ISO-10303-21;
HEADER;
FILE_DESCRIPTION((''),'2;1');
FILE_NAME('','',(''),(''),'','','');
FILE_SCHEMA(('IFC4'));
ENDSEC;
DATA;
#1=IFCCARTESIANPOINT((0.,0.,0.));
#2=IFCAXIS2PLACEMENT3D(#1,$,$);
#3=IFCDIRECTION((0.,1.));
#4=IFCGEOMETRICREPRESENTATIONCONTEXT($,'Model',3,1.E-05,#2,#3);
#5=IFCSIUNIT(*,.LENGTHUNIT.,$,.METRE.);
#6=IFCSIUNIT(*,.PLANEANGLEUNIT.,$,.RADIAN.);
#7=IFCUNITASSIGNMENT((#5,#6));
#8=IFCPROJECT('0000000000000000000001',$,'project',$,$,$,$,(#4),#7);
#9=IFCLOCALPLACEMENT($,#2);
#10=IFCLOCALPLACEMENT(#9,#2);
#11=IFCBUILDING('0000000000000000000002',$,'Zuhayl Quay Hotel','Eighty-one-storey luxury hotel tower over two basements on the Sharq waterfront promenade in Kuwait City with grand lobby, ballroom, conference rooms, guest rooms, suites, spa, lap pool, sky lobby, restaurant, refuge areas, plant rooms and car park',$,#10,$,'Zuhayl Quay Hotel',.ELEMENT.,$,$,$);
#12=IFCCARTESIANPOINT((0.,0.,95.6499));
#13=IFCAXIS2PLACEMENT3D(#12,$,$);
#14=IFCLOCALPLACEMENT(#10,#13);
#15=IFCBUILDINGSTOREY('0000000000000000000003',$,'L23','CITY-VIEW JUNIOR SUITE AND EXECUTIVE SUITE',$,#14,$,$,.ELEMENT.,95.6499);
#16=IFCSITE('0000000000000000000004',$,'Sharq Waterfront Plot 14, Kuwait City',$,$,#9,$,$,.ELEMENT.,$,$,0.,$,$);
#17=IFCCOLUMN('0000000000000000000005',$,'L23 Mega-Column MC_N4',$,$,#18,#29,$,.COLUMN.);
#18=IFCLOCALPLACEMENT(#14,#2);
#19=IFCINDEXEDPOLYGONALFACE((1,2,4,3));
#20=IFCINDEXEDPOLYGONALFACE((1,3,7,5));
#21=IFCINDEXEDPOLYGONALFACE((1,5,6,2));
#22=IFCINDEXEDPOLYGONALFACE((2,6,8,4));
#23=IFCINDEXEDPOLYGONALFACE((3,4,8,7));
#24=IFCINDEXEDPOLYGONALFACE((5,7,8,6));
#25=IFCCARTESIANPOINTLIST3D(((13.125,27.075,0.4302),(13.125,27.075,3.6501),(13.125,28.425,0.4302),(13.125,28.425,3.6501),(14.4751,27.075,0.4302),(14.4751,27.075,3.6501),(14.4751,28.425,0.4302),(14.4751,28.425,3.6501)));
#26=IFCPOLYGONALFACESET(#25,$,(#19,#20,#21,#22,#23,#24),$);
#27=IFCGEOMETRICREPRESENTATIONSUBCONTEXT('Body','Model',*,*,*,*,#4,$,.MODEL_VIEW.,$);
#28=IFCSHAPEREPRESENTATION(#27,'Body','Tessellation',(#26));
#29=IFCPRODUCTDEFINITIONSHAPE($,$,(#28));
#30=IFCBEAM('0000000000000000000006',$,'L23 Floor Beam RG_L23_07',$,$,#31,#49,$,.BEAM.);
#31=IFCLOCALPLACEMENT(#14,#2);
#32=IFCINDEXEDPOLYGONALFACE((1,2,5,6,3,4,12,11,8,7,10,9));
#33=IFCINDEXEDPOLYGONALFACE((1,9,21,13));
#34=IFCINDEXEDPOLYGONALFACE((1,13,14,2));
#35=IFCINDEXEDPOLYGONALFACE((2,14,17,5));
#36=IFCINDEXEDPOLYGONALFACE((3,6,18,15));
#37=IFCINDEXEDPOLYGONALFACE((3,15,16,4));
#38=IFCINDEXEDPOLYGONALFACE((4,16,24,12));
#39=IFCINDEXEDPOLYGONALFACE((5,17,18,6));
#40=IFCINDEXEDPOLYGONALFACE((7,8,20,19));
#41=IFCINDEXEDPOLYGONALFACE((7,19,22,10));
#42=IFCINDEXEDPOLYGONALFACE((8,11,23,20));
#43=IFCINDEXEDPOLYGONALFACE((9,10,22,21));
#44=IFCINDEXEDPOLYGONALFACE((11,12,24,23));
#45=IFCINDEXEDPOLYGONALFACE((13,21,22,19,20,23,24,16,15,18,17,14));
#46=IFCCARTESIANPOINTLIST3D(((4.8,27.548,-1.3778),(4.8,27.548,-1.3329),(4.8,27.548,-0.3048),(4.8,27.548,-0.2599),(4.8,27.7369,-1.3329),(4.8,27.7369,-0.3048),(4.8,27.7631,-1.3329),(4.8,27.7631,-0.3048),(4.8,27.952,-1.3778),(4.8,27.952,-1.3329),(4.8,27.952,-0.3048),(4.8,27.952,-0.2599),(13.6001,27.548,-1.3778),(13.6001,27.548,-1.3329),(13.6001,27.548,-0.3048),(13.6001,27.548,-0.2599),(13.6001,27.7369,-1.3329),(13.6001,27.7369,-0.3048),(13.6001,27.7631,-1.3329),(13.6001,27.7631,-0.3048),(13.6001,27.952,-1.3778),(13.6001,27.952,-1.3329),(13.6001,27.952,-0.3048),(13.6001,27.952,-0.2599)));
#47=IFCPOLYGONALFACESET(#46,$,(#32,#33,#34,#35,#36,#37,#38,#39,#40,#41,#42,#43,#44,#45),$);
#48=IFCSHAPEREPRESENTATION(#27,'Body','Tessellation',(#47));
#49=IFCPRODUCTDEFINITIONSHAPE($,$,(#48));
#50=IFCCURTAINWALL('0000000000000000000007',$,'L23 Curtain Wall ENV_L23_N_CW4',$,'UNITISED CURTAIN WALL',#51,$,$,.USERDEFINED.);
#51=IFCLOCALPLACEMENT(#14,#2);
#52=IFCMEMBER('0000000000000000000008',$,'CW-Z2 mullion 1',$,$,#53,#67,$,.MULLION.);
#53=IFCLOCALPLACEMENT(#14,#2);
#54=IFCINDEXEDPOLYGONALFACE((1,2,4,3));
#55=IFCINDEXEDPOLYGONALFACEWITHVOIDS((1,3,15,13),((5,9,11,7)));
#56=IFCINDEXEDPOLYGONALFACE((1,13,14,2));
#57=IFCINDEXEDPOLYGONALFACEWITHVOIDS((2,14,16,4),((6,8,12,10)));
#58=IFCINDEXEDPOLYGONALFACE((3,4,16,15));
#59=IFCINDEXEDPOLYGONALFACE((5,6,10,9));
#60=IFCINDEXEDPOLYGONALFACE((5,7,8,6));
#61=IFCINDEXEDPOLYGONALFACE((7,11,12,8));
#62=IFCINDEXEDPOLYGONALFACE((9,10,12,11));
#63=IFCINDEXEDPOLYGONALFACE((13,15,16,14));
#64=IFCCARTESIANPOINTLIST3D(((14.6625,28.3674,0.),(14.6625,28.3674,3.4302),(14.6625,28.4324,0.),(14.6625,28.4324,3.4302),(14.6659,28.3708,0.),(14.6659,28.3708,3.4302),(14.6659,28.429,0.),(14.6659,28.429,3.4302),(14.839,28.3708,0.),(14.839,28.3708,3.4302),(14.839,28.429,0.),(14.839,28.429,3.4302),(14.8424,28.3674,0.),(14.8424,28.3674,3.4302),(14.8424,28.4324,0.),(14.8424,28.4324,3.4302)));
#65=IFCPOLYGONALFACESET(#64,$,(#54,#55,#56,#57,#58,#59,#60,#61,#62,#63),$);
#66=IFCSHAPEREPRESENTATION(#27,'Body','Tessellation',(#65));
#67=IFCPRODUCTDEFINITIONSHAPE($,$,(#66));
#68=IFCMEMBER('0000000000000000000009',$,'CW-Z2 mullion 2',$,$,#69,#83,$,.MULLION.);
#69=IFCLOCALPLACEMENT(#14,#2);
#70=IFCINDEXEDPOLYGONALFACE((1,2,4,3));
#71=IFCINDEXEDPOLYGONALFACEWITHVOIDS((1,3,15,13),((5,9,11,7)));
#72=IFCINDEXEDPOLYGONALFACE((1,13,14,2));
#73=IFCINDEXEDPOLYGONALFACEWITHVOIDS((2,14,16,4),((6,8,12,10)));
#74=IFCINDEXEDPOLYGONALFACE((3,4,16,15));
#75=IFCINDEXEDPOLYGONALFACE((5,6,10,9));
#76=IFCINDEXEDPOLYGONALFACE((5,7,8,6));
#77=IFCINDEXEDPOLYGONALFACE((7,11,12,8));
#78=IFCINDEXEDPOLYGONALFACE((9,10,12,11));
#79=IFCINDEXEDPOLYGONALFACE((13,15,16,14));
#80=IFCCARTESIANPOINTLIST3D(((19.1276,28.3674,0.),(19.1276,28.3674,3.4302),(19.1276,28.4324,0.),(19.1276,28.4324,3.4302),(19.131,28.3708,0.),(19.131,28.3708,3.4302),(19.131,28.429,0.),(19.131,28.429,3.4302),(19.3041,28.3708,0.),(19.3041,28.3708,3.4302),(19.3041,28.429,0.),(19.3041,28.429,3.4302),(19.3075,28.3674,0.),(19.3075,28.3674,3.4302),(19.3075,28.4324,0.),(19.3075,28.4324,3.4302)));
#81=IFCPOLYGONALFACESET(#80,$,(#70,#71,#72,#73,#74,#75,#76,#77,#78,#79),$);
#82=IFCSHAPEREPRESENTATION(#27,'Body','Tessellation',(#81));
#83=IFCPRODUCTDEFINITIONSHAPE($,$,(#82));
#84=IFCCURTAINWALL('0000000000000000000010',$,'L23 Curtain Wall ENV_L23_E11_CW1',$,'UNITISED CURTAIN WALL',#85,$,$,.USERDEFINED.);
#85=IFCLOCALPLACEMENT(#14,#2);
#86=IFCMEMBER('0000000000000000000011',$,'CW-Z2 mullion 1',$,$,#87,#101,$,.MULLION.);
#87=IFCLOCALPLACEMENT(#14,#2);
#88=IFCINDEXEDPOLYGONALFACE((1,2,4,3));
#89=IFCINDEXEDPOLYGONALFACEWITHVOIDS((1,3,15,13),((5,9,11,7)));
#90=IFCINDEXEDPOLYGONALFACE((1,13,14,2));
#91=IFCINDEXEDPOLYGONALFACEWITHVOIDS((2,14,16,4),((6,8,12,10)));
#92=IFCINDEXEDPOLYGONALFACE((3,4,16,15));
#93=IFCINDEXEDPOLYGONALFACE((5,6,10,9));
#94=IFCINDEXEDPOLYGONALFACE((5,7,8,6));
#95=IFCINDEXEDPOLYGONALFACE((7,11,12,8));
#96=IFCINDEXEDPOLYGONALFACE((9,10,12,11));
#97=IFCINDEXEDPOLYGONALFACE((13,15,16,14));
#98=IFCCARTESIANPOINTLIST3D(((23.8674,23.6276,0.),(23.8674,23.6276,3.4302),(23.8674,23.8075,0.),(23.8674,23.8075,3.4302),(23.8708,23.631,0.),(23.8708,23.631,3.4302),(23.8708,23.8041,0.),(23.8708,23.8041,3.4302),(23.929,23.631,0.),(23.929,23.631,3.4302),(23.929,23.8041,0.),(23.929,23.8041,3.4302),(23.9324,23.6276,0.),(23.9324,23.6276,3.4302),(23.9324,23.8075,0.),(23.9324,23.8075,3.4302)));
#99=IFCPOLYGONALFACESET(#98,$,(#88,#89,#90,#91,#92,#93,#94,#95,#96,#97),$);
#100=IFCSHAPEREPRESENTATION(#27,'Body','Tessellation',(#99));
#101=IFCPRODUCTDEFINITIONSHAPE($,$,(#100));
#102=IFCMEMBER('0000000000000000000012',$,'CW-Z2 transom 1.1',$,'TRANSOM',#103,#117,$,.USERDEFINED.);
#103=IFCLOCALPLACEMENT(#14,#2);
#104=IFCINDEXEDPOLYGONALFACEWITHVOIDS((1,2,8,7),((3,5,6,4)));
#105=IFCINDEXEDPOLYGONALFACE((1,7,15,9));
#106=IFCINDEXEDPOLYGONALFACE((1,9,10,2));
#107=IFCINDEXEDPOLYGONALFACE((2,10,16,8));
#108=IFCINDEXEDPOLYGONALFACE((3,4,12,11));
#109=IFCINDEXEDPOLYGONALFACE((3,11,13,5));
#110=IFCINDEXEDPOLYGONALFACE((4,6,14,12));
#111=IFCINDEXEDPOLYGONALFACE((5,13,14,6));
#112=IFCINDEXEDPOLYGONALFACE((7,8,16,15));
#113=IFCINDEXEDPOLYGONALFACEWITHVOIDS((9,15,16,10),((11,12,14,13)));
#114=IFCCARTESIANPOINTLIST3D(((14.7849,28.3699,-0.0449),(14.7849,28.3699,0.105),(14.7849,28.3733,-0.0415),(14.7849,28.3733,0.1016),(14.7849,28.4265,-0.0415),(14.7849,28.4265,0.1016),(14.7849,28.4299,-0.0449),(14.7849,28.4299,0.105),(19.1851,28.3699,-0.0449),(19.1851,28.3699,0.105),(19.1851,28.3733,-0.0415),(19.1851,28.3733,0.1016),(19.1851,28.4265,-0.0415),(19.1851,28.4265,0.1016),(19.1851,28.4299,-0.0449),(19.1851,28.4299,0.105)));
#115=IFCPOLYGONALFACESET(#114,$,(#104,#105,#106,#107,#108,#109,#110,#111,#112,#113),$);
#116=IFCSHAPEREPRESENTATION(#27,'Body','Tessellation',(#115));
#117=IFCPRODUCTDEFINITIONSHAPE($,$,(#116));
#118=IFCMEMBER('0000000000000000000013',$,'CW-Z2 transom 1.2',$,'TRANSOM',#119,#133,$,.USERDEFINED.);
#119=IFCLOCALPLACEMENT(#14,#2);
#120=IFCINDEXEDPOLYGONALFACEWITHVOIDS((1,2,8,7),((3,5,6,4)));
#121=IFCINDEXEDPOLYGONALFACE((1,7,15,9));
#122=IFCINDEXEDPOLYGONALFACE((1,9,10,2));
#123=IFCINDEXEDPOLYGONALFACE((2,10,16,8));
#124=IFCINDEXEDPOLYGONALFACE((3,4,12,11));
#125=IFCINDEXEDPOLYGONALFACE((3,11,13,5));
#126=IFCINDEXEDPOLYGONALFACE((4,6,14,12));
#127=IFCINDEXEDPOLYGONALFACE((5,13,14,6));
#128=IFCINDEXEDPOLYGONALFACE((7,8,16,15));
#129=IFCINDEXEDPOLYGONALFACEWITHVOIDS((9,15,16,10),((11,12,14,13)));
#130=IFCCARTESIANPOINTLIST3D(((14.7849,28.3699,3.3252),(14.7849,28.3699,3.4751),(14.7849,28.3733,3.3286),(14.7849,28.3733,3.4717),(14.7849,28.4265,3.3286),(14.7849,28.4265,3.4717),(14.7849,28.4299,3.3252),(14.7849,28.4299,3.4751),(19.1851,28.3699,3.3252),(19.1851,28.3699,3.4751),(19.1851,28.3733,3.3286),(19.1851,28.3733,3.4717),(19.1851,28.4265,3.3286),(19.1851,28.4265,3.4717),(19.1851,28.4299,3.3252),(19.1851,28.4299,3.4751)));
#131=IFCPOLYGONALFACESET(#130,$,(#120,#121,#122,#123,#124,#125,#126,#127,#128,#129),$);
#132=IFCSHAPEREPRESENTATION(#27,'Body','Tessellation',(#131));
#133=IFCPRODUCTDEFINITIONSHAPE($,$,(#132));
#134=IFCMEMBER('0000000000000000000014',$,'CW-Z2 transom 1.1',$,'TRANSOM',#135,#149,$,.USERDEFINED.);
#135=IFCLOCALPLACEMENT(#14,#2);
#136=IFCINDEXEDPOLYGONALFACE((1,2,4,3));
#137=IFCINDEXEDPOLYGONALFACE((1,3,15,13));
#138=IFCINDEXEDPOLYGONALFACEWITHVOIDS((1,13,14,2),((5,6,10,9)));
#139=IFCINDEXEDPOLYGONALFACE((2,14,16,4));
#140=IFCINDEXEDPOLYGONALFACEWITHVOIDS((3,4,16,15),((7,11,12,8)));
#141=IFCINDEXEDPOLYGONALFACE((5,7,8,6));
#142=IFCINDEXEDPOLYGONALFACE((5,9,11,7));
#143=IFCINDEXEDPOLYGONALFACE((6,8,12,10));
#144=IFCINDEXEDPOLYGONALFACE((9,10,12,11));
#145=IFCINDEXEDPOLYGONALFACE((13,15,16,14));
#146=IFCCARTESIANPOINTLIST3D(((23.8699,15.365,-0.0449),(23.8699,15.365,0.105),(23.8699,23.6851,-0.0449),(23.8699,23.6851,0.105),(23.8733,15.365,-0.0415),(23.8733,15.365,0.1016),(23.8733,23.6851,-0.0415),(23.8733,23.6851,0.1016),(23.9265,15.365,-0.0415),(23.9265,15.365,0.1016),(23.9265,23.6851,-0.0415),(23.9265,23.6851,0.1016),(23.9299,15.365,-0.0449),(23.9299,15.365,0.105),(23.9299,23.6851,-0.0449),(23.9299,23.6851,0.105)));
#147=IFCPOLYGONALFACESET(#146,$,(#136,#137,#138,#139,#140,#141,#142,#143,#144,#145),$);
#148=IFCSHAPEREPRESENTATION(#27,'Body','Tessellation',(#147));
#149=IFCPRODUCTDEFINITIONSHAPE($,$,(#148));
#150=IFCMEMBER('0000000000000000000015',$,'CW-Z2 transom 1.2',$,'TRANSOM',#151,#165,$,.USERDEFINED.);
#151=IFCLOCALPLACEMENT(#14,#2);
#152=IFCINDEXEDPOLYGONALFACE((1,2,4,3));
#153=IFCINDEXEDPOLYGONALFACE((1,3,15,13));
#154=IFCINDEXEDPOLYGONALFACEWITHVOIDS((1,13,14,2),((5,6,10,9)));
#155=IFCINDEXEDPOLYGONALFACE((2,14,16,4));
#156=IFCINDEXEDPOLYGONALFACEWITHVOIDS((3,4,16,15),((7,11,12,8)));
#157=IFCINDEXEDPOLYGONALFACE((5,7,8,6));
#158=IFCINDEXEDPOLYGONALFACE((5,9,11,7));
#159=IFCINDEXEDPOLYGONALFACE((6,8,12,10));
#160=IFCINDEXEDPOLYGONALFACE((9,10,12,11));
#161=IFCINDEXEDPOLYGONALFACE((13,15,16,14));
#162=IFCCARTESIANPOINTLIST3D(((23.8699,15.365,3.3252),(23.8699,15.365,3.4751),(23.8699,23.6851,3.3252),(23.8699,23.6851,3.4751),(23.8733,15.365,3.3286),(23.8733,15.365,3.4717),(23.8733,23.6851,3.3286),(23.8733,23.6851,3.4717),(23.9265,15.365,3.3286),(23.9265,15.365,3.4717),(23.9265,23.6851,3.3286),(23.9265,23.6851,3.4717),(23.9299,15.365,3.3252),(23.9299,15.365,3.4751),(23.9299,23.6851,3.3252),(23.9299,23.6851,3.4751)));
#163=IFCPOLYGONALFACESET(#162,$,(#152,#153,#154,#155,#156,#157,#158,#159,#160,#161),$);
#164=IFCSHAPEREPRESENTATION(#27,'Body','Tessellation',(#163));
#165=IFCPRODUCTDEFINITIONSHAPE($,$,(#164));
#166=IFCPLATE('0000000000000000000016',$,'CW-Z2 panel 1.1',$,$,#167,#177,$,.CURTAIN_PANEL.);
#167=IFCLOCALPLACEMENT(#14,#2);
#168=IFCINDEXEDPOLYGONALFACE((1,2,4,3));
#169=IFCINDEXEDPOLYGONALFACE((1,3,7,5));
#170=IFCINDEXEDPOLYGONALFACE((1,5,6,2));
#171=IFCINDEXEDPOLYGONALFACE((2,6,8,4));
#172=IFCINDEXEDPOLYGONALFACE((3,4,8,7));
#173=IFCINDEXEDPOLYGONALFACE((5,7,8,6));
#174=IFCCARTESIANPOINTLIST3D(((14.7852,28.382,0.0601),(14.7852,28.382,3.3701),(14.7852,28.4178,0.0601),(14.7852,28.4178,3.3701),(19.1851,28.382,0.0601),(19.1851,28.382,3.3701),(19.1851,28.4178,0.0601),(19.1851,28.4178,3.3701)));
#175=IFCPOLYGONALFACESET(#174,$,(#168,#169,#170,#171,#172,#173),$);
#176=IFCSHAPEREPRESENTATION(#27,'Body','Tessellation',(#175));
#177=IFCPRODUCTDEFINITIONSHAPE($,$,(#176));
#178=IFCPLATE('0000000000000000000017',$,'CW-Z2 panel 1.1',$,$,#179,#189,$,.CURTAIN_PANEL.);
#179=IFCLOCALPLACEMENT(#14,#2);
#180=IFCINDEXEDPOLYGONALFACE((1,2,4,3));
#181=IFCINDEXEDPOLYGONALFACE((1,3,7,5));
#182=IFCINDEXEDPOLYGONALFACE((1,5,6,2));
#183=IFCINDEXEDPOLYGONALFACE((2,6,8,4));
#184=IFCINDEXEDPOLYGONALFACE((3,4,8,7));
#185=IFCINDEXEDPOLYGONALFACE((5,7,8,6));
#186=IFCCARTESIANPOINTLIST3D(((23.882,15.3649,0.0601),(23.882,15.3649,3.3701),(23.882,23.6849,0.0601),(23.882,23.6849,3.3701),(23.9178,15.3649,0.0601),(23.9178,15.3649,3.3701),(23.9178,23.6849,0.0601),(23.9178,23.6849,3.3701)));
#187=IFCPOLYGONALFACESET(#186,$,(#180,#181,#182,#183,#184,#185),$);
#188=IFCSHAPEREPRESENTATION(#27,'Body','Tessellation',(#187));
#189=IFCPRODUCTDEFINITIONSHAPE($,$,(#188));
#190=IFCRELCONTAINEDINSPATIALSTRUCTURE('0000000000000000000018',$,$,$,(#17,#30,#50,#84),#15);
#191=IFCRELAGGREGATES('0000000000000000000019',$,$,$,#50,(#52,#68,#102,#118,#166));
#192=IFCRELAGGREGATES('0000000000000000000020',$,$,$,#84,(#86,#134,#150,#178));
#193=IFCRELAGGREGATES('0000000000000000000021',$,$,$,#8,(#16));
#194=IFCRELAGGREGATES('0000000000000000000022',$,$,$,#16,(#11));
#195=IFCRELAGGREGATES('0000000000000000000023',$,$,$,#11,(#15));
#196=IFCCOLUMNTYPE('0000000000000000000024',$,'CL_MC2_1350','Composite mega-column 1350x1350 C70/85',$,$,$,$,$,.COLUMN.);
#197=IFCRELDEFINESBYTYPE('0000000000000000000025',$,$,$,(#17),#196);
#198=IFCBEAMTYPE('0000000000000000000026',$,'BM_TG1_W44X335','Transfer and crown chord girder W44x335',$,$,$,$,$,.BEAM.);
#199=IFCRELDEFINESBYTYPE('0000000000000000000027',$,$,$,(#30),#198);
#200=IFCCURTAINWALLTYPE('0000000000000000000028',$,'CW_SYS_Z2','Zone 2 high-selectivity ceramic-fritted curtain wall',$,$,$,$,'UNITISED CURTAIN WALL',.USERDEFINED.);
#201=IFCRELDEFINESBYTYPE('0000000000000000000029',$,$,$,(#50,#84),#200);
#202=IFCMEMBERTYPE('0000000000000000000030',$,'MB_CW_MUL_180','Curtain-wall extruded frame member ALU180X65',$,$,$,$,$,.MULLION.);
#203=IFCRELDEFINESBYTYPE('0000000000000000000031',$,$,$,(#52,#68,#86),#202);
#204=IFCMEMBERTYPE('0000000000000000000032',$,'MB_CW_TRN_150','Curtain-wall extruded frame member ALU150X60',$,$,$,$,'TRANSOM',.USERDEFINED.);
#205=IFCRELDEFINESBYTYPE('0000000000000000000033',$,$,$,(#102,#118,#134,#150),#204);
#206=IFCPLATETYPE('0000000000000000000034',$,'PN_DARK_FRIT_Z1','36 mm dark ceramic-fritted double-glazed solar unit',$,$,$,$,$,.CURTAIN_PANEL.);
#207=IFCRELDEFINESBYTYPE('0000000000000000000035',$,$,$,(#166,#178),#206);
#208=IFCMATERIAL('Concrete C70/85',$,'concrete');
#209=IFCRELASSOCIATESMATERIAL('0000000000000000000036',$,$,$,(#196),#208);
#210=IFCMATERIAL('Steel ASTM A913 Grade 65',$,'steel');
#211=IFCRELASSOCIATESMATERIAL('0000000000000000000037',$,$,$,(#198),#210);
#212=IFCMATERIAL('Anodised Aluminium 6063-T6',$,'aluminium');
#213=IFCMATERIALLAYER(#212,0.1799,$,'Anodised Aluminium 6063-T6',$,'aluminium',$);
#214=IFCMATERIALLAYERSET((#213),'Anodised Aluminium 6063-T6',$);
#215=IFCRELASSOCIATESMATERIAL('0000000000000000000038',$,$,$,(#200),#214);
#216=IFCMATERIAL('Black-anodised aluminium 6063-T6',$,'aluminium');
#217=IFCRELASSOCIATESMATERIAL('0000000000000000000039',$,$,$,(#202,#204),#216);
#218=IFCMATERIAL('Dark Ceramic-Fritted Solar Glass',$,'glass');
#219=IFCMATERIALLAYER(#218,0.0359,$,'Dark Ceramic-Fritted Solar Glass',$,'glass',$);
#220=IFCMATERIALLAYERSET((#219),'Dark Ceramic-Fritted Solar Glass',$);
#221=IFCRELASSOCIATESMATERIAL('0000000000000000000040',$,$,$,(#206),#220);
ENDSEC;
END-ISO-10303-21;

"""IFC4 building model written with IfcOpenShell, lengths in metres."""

from ifc_helpers import new_model, si_unit, direction, frame, origin, origin_2d, place, context, subcontext, project, spatial, rectangle, hollow_rectangle, i_section, extrude, material, layer, layer_set, material_profile, profile_set, type_object, element, aggregate, save


model = new_model("IFC4")

# Units and contexts
model_context = context("Model", 3, precision=1e-05, world=origin(), true_north=direction((0.0, 1.0)))
body_context = subcontext(model_context, "Body", "Model", "MODEL_VIEW")
ifc_project = project(units=[si_unit("LENGTHUNIT", "METRE"), si_unit("PLANEANGLEUNIT", "RADIAN")], contexts=[model_context])

# Site, building, storey
site_placement = place(None, origin())
site = spatial("IfcSite", under=ifc_project, at=site_placement, Name="Sharq Waterfront Plot 14, Kuwait City", CompositionType="ELEMENT", RefElevation=0.0)
building_placement = place(site_placement, origin())
building = spatial("IfcBuilding", under=site, at=building_placement, Name="Zuhayl Quay Hotel", Description="Eighty-one-storey luxury hotel tower over two basements on the Sharq waterfront promenade in Kuwait City with grand lobby, ballroom, conference rooms, guest rooms, suites, spa, lap pool, sky lobby, restaurant, refuge areas, plant rooms and car park", LongName="Zuhayl Quay Hotel", CompositionType="ELEMENT")
storey_placement = place(building_placement, frame((0.0, 0.0, 95.6499)))
storey = spatial("IfcBuildingStorey", under=building, at=storey_placement, Name="L23", Description="CITY-VIEW JUNIOR SUITE AND EXECUTIVE SUITE", CompositionType="ELEMENT", Elevation=95.6499)

# Column
ifc_material_1 = material(Name="Concrete C70/85", Category="concrete")
ifc_material_profile_1 = material_profile(ifc_material_1, rectangle(XDim=1.3501, YDim=1.3501, at=origin_2d()), Name="RC1350X1350")
ifc_profile_set_1 = profile_set([ifc_material_profile_1], Name="Concrete C70/85")
column_type = type_object("IfcColumnType", Name="CL_MC2_1350", Description="Composite mega-column 1350x1350 C70/85", PredefinedType="COLUMN", material=ifc_profile_set_1)
column_placement = place(storey_placement, frame((13.8, 27.75, 0.4302), z_axis=(0.0, 0.0, 1.0), x_axis=(1.0, 0.0, 0.0)))
element("IfcColumn", 1, at=column_placement, inside=storey, type_object=column_type, Name="L23 Mega-Column MC_N4", PredefinedType="COLUMN", context=body_context, shape_type="SweptSolid", body=[
    extrude(rectangle(XDim=1.3501, YDim=1.3501, at=origin_2d()), origin(), (0.0, 0.0, 1.0), 3.22),
])

# Beam
ifc_material_2 = material(Name="Steel ASTM A913 Grade 65", Category="steel")
ifc_material_profile_2 = material_profile(ifc_material_2, i_section(OverallWidth=0.4041, OverallDepth=1.1179, WebThickness=0.0261, FlangeThickness=0.0449, at=origin_2d()), Name="W44X335")
ifc_profile_set_2 = profile_set([ifc_material_profile_2], Name="Steel ASTM A913 Grade 65")
beam_type = type_object("IfcBeamType", Name="BM_TG1_W44X335", Description="Transfer and crown chord girder W44x335", PredefinedType="BEAM", material=ifc_profile_set_2)
beam_placement = place(storey_placement, frame((13.6001, 27.75, -0.8188), z_axis=(-1.0, 0.0, 0.0), x_axis=(0.0, -1.0, 0.0)))
element("IfcBeam", 2, at=beam_placement, inside=storey, type_object=beam_type, Name="L23 Floor Beam RG_L23_07", PredefinedType="BEAM", context=body_context, shape_type="SweptSolid", body=[
    extrude(i_section(OverallWidth=0.4041, OverallDepth=1.1179, WebThickness=0.0261, FlangeThickness=0.0449, at=origin_2d()), origin(), (0.0, 0.0, 1.0), 8.8),
])

# Curtain wall, members
ifc_material_3 = material(Name="Anodised Aluminium 6063-T6", Category="aluminium")
ifc_layer_1 = layer(ifc_material_3, 0.1799, Name="Anodised Aluminium 6063-T6", Category="aluminium")
ifc_layer_set_1 = layer_set([ifc_layer_1], Name="Anodised Aluminium 6063-T6")
curtain_wall_type = type_object("IfcCurtainWallType", Name="CW_SYS_Z2", Description="Zone 2 high-selectivity ceramic-fritted curtain wall", ElementType="UNITISED CURTAIN WALL", PredefinedType="USERDEFINED", material=ifc_layer_set_1)
curtain_wall_1_placement = place(storey_placement, origin())
curtain_wall_1 = element("IfcCurtainWall", 3, at=curtain_wall_1_placement, inside=storey, type_object=curtain_wall_type, Name="L23 Curtain Wall ENV_L23_N_CW4", ObjectType="UNITISED CURTAIN WALL", PredefinedType="USERDEFINED")
ifc_material_4 = material(Name="Black-anodised aluminium 6063-T6", Category="aluminium")
ifc_material_profile_3 = material_profile(ifc_material_4, hollow_rectangle(XDim=0.0649, YDim=0.1799, WallThickness=0.0034, at=origin_2d()), Name="ALU180X65")
ifc_profile_set_3 = profile_set([ifc_material_profile_3], Name="Black-anodised aluminium 6063-T6")
member_type_1 = type_object("IfcMemberType", Name="MB_CW_MUL_180", Description="Curtain-wall extruded frame member ALU180X65", PredefinedType="MULLION", material=ifc_profile_set_3)
member_1_placement = place(storey_placement, frame((14.7524, 28.3999, 0.0), z_axis=(0.0, 0.0, 1.0), x_axis=(0.0, 1.0, 0.0)))
member_1 = element("IfcMember", 4, at=member_1_placement, type_object=member_type_1, Name="CW-Z2 mullion 1", PredefinedType="MULLION", context=body_context, shape_type="SweptSolid", body=[
    extrude(hollow_rectangle(XDim=0.0649, YDim=0.1799, WallThickness=0.0034, at=origin_2d()), origin(), (0.0, 0.0, 1.0), 3.4302),
])
member_2_placement = place(storey_placement, frame((19.2175, 28.3999, 0.0), z_axis=(0.0, 0.0, 1.0), x_axis=(0.0, 1.0, 0.0)))
member_2 = element("IfcMember", 5, at=member_2_placement, type_object=member_type_1, Name="CW-Z2 mullion 2", PredefinedType="MULLION", context=body_context, shape_type="SweptSolid", body=[
    extrude(hollow_rectangle(XDim=0.0649, YDim=0.1799, WallThickness=0.0034, at=origin_2d()), origin(), (0.0, 0.0, 1.0), 3.4302),
])

# Curtain wall, member
curtain_wall_2_placement = place(storey_placement, origin())
curtain_wall_2 = element("IfcCurtainWall", 6, at=curtain_wall_2_placement, inside=storey, type_object=curtain_wall_type, Name="L23 Curtain Wall ENV_L23_E11_CW1", ObjectType="UNITISED CURTAIN WALL", PredefinedType="USERDEFINED")
member_3_placement = place(storey_placement, frame((23.8999, 23.7175, 0.0), z_axis=(0.0, 0.0, 1.0), x_axis=(1.0, 0.0, 0.0)))
member_3 = element("IfcMember", 7, at=member_3_placement, type_object=member_type_1, Name="CW-Z2 mullion 1", PredefinedType="MULLION", context=body_context, shape_type="SweptSolid", body=[
    extrude(hollow_rectangle(XDim=0.0649, YDim=0.1799, WallThickness=0.0034, at=origin_2d()), origin(), (0.0, 0.0, 1.0), 3.4302),
])

# Members
ifc_material_profile_4 = material_profile(ifc_material_4, hollow_rectangle(XDim=0.0601, YDim=0.1499, WallThickness=0.0034, at=origin_2d()), Name="ALU150X60")
ifc_profile_set_4 = profile_set([ifc_material_profile_4], Name="Black-anodised aluminium 6063-T6")
member_type_2 = type_object("IfcMemberType", Name="MB_CW_TRN_150", Description="Curtain-wall extruded frame member ALU150X60", ElementType="TRANSOM", PredefinedType="USERDEFINED", material=ifc_profile_set_4)
member_4_placement = place(storey_placement, frame((14.7849, 28.3999, 0.03), z_axis=(1.0, 0.0, 0.0), x_axis=(0.0, 1.0, 0.0)))
member_4 = element("IfcMember", 8, at=member_4_placement, type_object=member_type_2, Name="CW-Z2 transom 1.1", ObjectType="TRANSOM", PredefinedType="USERDEFINED", context=body_context, shape_type="SweptSolid", body=[
    extrude(hollow_rectangle(XDim=0.0601, YDim=0.1499, WallThickness=0.0034, at=origin_2d()), origin(), (0.0, 0.0, 1.0), 4.4001),
])
member_5_placement = place(storey_placement, frame((14.7849, 28.3999, 3.4001), z_axis=(1.0, 0.0, 0.0), x_axis=(0.0, 1.0, 0.0)))
member_5 = element("IfcMember", 9, at=member_5_placement, type_object=member_type_2, Name="CW-Z2 transom 1.2", ObjectType="TRANSOM", PredefinedType="USERDEFINED", context=body_context, shape_type="SweptSolid", body=[
    extrude(hollow_rectangle(XDim=0.0601, YDim=0.1499, WallThickness=0.0034, at=origin_2d()), origin(), (0.0, 0.0, 1.0), 4.4001),
])
member_6_placement = place(storey_placement, frame((23.8999, 23.6851, 0.03), z_axis=(0.0, -1.0, 0.0), x_axis=(1.0, 0.0, 0.0)))
member_6 = element("IfcMember", 10, at=member_6_placement, type_object=member_type_2, Name="CW-Z2 transom 1.1", ObjectType="TRANSOM", PredefinedType="USERDEFINED", context=body_context, shape_type="SweptSolid", body=[
    extrude(hollow_rectangle(XDim=0.0601, YDim=0.1499, WallThickness=0.0034, at=origin_2d()), origin(), (0.0, 0.0, 1.0), 8.3201),
])
member_7_placement = place(storey_placement, frame((23.8999, 23.6851, 3.4001), z_axis=(0.0, -1.0, 0.0), x_axis=(1.0, 0.0, 0.0)))
member_7 = element("IfcMember", 11, at=member_7_placement, type_object=member_type_2, Name="CW-Z2 transom 1.2", ObjectType="TRANSOM", PredefinedType="USERDEFINED", context=body_context, shape_type="SweptSolid", body=[
    extrude(hollow_rectangle(XDim=0.0601, YDim=0.1499, WallThickness=0.0034, at=origin_2d()), origin(), (0.0, 0.0, 1.0), 8.3201),
])

# Plates
ifc_material_5 = material(Name="Dark Ceramic-Fritted Solar Glass", Category="glass")
ifc_layer_2 = layer(ifc_material_5, 0.0359, Name="Dark Ceramic-Fritted Solar Glass", Category="glass")
ifc_layer_set_2 = layer_set([ifc_layer_2], Name="Dark Ceramic-Fritted Solar Glass")
plate_type_1 = type_object("IfcPlateType", Name="PN_DARK_FRIT_Z1", Description="36 mm dark ceramic-fritted double-glazed solar unit", PredefinedType="CURTAIN_PANEL", material=ifc_layer_set_2)
plate_1_placement = place(storey_placement, frame((16.9851, 28.3999, 0.0601), z_axis=(0.0, 0.0, 1.0), x_axis=(1.0, 0.0, 0.0)))
plate_1 = element("IfcPlate", 12, at=plate_1_placement, type_object=plate_type_1, Name="CW-Z2 panel 1.1", PredefinedType="CURTAIN_PANEL", context=body_context, shape_type="SweptSolid", body=[
    extrude(rectangle(XDim=4.3999, YDim=0.0359, at=origin_2d()), origin(), (0.0, 0.0, 1.0), 3.3101),
])
aggregate(curtain_wall_1, [member_1, member_2, member_4, member_5, plate_1])
plate_2_placement = place(storey_placement, frame((23.8999, 19.5249, 0.0601), z_axis=(0.0, 0.0, 1.0), x_axis=(0.0, -1.0, 0.0)))
plate_2 = element("IfcPlate", 13, at=plate_2_placement, type_object=plate_type_1, Name="CW-Z2 panel 1.1", PredefinedType="CURTAIN_PANEL", context=body_context, shape_type="SweptSolid", body=[
    extrude(rectangle(XDim=8.3201, YDim=0.0359, at=origin_2d()), origin(), (0.0, 0.0, 1.0), 3.3101),
])
aggregate(curtain_wall_2, [member_3, member_6, member_7, plate_2])

save(model, "model.ifc")
